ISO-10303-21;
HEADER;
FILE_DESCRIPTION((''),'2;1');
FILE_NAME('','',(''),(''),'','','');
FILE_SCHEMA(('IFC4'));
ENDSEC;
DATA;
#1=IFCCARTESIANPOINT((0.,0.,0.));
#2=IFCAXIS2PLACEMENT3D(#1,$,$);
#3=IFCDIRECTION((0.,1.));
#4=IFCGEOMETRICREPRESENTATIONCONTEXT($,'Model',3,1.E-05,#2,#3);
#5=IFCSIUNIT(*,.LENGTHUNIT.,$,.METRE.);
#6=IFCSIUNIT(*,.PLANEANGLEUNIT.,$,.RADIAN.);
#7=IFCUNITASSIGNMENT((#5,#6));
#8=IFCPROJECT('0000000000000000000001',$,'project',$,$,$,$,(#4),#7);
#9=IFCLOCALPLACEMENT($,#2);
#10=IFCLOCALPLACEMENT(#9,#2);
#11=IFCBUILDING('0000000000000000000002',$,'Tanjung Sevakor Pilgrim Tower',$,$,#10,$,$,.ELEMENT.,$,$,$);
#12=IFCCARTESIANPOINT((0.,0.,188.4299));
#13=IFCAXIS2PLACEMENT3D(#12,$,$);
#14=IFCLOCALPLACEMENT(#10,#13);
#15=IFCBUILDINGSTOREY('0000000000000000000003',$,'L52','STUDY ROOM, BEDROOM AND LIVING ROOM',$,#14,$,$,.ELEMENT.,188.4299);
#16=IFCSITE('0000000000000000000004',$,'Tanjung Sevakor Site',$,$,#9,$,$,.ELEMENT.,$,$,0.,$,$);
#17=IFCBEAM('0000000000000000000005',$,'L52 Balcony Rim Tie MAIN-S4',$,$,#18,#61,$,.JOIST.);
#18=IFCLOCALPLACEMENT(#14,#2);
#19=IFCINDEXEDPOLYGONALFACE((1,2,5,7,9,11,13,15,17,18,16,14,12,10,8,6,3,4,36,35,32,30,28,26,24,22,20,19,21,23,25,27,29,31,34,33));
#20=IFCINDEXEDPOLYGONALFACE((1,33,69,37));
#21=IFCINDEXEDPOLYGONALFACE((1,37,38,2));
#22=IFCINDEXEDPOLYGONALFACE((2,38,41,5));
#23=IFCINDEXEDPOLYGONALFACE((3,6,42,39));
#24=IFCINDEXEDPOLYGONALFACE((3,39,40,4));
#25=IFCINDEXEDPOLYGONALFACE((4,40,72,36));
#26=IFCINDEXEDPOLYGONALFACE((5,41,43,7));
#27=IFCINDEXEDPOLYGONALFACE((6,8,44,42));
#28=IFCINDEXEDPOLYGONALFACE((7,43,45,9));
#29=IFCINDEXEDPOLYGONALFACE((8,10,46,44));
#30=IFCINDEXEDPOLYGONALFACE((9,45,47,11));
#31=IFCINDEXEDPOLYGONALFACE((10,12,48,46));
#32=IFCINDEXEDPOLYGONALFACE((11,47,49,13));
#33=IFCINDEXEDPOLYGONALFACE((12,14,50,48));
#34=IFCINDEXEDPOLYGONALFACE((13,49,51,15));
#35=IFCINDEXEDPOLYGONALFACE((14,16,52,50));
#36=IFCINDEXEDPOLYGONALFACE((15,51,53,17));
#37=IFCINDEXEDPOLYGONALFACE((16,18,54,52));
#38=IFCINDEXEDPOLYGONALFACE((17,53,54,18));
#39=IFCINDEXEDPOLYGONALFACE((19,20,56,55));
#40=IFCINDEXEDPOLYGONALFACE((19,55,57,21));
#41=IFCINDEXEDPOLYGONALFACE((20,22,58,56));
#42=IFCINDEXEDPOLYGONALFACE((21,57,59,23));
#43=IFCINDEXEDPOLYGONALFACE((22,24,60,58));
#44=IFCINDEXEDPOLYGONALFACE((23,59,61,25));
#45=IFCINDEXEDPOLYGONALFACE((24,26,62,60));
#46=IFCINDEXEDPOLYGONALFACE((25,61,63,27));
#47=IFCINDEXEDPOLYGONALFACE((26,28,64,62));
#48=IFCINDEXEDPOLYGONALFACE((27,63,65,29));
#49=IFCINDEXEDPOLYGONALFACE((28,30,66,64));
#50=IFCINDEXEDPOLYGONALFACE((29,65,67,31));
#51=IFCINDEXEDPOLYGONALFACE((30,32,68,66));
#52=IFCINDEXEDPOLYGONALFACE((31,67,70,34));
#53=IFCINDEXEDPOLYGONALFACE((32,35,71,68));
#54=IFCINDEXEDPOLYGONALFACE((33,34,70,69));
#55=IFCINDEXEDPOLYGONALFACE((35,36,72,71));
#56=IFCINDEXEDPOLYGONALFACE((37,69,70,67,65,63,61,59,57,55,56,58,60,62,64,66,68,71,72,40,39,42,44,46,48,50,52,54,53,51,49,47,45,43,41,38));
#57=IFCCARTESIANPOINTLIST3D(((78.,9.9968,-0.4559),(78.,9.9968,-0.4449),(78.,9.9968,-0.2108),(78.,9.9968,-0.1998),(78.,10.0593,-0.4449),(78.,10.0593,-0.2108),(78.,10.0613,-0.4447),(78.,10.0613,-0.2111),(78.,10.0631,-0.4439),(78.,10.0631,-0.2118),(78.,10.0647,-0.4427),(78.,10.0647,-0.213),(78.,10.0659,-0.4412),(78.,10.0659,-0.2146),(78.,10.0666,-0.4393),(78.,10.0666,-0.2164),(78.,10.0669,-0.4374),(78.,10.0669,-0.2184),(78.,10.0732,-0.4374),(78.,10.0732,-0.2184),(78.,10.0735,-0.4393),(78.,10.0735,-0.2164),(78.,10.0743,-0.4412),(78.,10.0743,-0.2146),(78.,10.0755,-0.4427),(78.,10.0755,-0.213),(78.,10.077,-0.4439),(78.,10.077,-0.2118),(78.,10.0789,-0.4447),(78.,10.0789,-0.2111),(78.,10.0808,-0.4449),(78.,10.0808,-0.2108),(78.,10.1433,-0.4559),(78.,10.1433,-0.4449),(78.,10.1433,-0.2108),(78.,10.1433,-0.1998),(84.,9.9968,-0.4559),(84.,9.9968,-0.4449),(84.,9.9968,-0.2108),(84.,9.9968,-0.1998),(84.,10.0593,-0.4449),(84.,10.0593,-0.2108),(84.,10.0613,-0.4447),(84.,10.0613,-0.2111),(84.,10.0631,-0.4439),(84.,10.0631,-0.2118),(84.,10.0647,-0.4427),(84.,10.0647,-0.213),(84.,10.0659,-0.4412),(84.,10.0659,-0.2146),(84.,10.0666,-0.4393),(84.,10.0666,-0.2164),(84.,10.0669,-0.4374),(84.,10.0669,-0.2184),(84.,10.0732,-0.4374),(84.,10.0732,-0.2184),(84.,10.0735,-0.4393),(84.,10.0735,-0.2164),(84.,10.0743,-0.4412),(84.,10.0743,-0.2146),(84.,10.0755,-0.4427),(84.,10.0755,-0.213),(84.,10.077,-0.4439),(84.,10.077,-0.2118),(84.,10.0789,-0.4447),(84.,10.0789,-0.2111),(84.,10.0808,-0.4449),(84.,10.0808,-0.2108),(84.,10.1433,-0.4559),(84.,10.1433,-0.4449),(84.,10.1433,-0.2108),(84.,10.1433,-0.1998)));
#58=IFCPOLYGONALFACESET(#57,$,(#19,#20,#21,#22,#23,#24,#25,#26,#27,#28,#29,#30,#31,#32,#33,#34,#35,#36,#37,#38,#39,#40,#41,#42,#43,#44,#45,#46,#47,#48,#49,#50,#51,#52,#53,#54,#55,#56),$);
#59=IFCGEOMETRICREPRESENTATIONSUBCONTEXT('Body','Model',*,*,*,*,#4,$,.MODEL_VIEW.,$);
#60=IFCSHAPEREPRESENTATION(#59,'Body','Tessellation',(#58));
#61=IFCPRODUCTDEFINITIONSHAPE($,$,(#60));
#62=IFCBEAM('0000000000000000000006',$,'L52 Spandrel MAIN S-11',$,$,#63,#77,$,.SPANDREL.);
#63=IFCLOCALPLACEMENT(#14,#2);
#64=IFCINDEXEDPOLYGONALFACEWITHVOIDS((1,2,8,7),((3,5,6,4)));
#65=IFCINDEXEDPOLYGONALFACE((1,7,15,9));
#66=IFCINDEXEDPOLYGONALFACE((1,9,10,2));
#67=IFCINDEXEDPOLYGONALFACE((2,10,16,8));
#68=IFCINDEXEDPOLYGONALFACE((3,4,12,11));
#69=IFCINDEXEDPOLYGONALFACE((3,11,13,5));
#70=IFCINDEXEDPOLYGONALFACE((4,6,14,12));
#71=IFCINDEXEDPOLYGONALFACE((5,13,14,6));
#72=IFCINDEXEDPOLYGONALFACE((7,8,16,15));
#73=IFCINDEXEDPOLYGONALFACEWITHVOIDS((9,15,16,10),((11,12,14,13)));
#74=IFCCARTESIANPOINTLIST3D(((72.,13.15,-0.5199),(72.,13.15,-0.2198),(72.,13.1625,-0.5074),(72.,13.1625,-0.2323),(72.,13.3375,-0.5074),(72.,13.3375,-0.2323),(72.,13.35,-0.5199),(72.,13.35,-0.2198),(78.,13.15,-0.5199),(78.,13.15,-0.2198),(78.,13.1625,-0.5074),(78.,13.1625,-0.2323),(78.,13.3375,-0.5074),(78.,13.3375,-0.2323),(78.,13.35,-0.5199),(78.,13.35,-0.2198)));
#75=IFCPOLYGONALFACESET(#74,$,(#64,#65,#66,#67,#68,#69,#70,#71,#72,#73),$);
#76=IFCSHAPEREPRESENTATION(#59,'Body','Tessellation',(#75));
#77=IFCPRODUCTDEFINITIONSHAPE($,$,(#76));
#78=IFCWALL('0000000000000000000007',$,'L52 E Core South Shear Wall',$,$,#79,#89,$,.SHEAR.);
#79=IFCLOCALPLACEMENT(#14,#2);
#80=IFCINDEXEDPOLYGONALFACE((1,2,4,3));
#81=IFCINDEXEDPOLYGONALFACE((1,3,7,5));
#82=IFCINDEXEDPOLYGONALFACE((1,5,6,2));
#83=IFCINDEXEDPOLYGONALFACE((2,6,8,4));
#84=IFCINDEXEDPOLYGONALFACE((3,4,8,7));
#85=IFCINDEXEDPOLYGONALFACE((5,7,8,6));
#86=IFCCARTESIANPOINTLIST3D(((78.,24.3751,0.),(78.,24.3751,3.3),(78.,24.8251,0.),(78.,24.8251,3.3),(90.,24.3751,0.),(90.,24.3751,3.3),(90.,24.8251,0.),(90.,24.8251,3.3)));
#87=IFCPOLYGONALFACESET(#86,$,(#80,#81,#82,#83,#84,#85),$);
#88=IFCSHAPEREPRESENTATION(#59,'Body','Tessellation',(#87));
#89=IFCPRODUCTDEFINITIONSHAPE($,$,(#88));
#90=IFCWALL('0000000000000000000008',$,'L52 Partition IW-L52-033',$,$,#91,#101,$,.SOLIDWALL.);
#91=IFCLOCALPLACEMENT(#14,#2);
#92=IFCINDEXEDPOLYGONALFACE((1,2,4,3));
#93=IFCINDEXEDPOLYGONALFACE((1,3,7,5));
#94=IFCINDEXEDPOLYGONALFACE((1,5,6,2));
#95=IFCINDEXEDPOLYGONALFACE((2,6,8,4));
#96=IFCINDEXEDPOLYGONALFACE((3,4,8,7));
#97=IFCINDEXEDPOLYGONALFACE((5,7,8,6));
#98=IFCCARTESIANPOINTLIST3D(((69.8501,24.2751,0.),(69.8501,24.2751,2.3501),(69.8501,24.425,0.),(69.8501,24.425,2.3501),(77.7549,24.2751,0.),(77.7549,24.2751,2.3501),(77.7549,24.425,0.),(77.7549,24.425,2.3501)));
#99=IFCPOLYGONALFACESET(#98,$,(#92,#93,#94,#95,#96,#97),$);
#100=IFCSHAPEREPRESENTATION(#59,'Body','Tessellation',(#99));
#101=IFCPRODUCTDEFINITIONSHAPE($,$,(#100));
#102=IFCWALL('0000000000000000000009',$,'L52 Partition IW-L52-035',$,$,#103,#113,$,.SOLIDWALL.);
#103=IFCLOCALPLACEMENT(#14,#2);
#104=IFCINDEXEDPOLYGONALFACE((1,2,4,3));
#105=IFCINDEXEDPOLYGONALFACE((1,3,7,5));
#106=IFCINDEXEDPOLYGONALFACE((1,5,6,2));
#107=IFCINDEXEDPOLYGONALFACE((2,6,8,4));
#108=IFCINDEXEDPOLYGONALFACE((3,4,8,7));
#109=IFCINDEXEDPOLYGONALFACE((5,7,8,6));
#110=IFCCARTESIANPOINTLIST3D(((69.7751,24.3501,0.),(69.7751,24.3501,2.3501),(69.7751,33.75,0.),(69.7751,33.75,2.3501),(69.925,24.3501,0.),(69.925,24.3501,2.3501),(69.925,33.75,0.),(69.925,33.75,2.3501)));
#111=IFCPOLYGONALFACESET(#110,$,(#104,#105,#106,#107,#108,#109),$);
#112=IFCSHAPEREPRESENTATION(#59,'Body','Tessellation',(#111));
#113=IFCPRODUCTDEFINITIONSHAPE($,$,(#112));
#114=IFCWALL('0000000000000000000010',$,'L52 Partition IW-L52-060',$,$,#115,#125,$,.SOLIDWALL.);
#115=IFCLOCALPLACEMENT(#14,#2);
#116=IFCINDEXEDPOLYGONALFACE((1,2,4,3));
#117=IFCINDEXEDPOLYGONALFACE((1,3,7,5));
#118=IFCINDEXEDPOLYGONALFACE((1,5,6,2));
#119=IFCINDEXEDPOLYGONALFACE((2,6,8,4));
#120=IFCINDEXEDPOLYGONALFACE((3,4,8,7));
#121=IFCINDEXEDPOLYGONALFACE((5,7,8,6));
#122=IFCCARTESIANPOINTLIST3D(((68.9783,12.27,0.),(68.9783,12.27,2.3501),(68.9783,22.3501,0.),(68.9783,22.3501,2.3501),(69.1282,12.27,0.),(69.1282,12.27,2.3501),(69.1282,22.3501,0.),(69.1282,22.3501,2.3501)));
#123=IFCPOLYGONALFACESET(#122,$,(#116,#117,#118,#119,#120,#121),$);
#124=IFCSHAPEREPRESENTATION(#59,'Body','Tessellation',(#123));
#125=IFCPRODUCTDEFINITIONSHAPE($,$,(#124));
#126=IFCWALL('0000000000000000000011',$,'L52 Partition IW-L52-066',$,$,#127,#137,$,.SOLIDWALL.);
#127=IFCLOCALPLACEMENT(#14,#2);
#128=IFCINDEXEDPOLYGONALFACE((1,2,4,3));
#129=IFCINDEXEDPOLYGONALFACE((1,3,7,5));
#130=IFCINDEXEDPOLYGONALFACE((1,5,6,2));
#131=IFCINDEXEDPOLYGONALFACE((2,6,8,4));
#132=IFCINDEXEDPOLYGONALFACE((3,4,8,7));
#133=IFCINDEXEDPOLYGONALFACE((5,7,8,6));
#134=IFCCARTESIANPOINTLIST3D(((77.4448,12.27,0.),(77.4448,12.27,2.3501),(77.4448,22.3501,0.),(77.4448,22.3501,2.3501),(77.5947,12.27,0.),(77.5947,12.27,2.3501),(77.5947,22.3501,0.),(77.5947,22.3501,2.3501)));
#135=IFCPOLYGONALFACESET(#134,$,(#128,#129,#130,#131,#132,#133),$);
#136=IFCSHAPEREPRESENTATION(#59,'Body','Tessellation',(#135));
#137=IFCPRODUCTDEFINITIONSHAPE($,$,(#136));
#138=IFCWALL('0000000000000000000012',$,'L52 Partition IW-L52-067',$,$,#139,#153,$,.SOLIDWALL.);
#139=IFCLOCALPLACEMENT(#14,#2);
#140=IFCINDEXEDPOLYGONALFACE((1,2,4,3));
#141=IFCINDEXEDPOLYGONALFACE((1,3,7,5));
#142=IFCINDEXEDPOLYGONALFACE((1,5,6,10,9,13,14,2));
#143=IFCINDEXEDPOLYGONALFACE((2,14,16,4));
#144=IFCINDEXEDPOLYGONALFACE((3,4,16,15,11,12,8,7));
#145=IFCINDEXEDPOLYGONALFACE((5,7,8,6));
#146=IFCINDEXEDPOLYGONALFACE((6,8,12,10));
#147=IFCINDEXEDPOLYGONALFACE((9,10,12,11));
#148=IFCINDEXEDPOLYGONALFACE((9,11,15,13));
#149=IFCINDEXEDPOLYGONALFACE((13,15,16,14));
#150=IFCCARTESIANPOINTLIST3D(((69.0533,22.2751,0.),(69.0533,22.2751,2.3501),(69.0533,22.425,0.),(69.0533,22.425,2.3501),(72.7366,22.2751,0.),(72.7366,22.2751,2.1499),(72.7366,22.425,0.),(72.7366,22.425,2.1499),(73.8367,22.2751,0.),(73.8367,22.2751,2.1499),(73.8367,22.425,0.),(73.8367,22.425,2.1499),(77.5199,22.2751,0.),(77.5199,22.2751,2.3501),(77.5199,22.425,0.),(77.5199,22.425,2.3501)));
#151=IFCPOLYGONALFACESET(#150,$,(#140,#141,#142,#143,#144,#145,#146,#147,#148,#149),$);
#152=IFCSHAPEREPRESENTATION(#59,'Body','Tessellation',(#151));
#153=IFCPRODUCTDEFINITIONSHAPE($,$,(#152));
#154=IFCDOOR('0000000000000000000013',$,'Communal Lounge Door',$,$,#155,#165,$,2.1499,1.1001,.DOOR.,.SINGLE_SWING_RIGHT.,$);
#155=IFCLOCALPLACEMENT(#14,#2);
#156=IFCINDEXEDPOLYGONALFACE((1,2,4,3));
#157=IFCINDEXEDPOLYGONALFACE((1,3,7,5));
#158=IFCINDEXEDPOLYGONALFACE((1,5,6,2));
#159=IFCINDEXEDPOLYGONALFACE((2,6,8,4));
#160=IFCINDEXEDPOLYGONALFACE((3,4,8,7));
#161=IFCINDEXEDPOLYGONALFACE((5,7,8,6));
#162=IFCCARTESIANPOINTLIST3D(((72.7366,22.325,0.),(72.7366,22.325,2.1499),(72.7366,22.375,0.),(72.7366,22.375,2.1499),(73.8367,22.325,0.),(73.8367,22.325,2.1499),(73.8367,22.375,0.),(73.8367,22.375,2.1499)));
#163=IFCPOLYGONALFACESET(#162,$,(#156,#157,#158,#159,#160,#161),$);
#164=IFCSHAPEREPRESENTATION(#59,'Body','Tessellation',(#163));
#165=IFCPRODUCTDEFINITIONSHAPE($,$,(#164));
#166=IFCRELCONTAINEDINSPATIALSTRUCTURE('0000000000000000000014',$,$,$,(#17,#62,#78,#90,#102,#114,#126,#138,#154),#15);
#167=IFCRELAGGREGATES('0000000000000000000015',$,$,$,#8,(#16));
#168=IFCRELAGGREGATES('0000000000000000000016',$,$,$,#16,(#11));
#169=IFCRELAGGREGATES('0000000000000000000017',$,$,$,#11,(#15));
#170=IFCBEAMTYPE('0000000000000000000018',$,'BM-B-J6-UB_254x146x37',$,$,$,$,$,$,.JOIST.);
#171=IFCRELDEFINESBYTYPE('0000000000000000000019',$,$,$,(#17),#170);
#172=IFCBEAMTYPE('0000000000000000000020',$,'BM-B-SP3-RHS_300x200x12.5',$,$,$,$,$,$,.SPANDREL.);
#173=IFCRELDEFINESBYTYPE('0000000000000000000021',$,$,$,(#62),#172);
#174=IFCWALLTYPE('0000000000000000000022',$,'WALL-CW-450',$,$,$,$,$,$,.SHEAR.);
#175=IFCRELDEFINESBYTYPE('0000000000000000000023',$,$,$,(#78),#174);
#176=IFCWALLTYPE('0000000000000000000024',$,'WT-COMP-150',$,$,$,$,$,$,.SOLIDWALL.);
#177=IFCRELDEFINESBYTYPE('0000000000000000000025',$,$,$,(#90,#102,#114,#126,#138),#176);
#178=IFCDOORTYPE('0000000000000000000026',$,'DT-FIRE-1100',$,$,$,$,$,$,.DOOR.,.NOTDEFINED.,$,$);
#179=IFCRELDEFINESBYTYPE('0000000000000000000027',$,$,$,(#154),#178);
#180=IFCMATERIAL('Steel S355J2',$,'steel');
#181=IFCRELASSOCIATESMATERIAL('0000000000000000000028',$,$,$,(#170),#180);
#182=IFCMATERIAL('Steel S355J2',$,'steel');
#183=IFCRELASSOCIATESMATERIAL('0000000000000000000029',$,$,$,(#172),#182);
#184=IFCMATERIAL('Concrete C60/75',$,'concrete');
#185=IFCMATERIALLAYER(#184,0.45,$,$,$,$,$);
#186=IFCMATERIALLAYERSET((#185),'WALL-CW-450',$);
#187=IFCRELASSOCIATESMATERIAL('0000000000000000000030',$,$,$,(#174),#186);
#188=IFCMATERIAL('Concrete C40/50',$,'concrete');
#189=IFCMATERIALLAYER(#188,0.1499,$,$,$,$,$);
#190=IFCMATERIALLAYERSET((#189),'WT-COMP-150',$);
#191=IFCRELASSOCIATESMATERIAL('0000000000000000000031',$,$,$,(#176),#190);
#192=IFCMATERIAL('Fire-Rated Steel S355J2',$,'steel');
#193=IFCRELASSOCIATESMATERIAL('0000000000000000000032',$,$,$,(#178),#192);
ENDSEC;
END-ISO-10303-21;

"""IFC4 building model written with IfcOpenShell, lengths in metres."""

from ifc_helpers import new_model, si_unit, direction, frame, frame_2d, origin, origin_2d, place, context, subcontext, project, spatial, rectangle, hollow_rectangle, i_section, extrude, material, layer, layer_set, material_profile, profile_set, type_object, element, fill, save


model = new_model("IFC4")

# Units and contexts
model_context = context("Model", 3, precision=1e-05, world=origin(), true_north=direction((0.0, 1.0)))
body_context = subcontext(model_context, "Body", "Model", "MODEL_VIEW")
ifc_project = project(units=[si_unit("LENGTHUNIT", "METRE"), si_unit("PLANEANGLEUNIT", "RADIAN")], contexts=[model_context])

# Site, building, storey
site_placement = place(None, origin())
site = spatial("IfcSite", under=ifc_project, at=site_placement, Name="Tanjung Sevakor Site", CompositionType="ELEMENT", RefElevation=0.0)
building_placement = place(site_placement, origin())
building = spatial("IfcBuilding", under=site, at=building_placement, Name="Tanjung Sevakor Pilgrim Tower", CompositionType="ELEMENT")
storey_placement = place(building_placement, frame((0.0, 0.0, 188.4299)))
storey = spatial("IfcBuildingStorey", under=building, at=storey_placement, Name="L52", Description="STUDY ROOM, BEDROOM AND LIVING ROOM", CompositionType="ELEMENT", Elevation=188.4299)

# Beams
ifc_material_1 = material(Name="Steel S355J2", Category="steel")
ifc_material_profile_1 = material_profile(ifc_material_1, i_section(OverallWidth=0.1465, OverallDepth=0.2561, WebThickness=0.0063, FlangeThickness=0.011, FilletRadius=0.0076, at=origin_2d()))
ifc_profile_set_1 = profile_set([ifc_material_profile_1], Name="Steel S355J2")
beam_type_1 = type_object("IfcBeamType", Name="BM-B-J6-UB_254x146x37", PredefinedType="JOIST", material=ifc_profile_set_1)
beam_1_placement = place(storey_placement, frame((78.0, 10.0701, -0.3279), z_axis=(1.0, 0.0, 0.0), x_axis=(0.0, 1.0, 0.0)))
element("IfcBeam", 1, at=beam_1_placement, inside=storey, type_object=beam_type_1, Name="L52 Balcony Rim Tie MAIN-S4", PredefinedType="JOIST", context=body_context, shape_type="SweptSolid", body=[
    extrude(i_section(OverallWidth=0.1465, OverallDepth=0.2561, WebThickness=0.0063, FlangeThickness=0.011, FilletRadius=0.0076, at=origin_2d()), origin(), (0.0, 0.0, 1.0), 6.0),
])
ifc_material_2 = material(Name="Steel S355J2", Category="steel")
ifc_material_profile_2 = material_profile(ifc_material_2, hollow_rectangle(XDim=0.2, YDim=0.3, WallThickness=0.0125, at=origin_2d()))
ifc_profile_set_2 = profile_set([ifc_material_profile_2], Name="Steel S355J2")
beam_type_2 = type_object("IfcBeamType", Name="BM-B-SP3-RHS_300x200x12.5", PredefinedType="SPANDREL", material=ifc_profile_set_2)
beam_2_placement = place(storey_placement, frame((72.0, 13.25, -0.3699), z_axis=(1.0, 0.0, 0.0), x_axis=(0.0, 1.0, 0.0)))
element("IfcBeam", 2, at=beam_2_placement, inside=storey, type_object=beam_type_2, Name="L52 Spandrel MAIN S-11", PredefinedType="SPANDREL", context=body_context, shape_type="SweptSolid", body=[
    extrude(hollow_rectangle(XDim=0.2, YDim=0.3, WallThickness=0.0125, at=origin_2d()), origin(), (0.0, 0.0, 1.0), 6.0),
])

# Walls
ifc_material_3 = material(Name="Concrete C60/75", Category="concrete")
ifc_layer_1 = layer(ifc_material_3, 0.45)
ifc_layer_set_1 = layer_set([ifc_layer_1], Name="WALL-CW-450")
wall_type_1 = type_object("IfcWallType", Name="WALL-CW-450", PredefinedType="SHEAR", material=ifc_layer_set_1)
wall_1_placement = place(storey_placement, frame((78.0, 24.6001, 0.0), z_axis=(0.0, 0.0, 1.0), x_axis=(1.0, 0.0, 0.0)))
element("IfcWall", 3, at=wall_1_placement, inside=storey, type_object=wall_type_1, Name="L52 E Core South Shear Wall", PredefinedType="SHEAR", context=body_context, shape_type="SweptSolid", body=[
    extrude(rectangle(XDim=12.0, YDim=0.45, at=frame_2d((6.0, 0.0))), origin(), (0.0, 0.0, 1.0), 3.3),
])
ifc_material_4 = material(Name="Concrete C40/50", Category="concrete")
ifc_layer_2 = layer(ifc_material_4, 0.1499)
ifc_layer_set_2 = layer_set([ifc_layer_2], Name="WT-COMP-150")
wall_type_2 = type_object("IfcWallType", Name="WT-COMP-150", PredefinedType="SOLIDWALL", material=ifc_layer_set_2)
wall_2_placement = place(storey_placement, frame((69.8501, 24.3501, 0.0), z_axis=(0.0, 0.0, 1.0), x_axis=(1.0, 0.0, 0.0)))
element("IfcWall", 4, at=wall_2_placement, inside=storey, type_object=wall_type_2, Name="L52 Partition IW-L52-033", PredefinedType="SOLIDWALL", context=body_context, shape_type="SweptSolid", body=[
    extrude(rectangle(XDim=7.9048, YDim=0.1499, at=frame_2d((3.9524, 0.0))), origin(), (0.0, 0.0, 1.0), 2.3501),
])
wall_3_placement = place(storey_placement, frame((69.8501, 24.3501, 0.0), z_axis=(0.0, 0.0, 1.0), x_axis=(0.0, 1.0, 0.0)))
element("IfcWall", 5, at=wall_3_placement, inside=storey, type_object=wall_type_2, Name="L52 Partition IW-L52-035", PredefinedType="SOLIDWALL", context=body_context, shape_type="SweptSolid", body=[
    extrude(rectangle(XDim=9.3999, YDim=0.1499, at=frame_2d((4.7, 0.0))), origin(), (0.0, 0.0, 1.0), 2.3501),
])
for number, where, z_axis, x_axis, name in (
    (6, (69.0532, 12.27, 0.0), (0.0, 0.0, 1.0), (0.0, 1.0, 0.0), "L52 Partition IW-L52-060"),
    (7, (77.5198, 12.27, 0.0), (0.0, 0.0, 1.0), (0.0, 1.0, 0.0), "L52 Partition IW-L52-066"),
):
    element("IfcWall", number, at=place(storey_placement, frame(where, z_axis=z_axis, x_axis=x_axis)), inside=storey, type_object=wall_type_2, Name=name, PredefinedType="SOLIDWALL", context=body_context, shape_type="SweptSolid", body=[
        extrude(rectangle(XDim=10.0801, YDim=0.1499, at=frame_2d((5.04, 0.0))), origin(), (0.0, 0.0, 1.0), 2.3501),
    ])

# Wall, opening, door
wall_4_placement = place(storey_placement, frame((69.0532, 22.3501, 0.0), z_axis=(0.0, 0.0, 1.0), x_axis=(1.0, 0.0, 0.0)))
wall_4 = element("IfcWall", 8, at=wall_4_placement, inside=storey, type_object=wall_type_2, Name="L52 Partition IW-L52-067", PredefinedType="SOLIDWALL", context=body_context, shape_type="SweptSolid", body=[
    extrude(rectangle(XDim=8.4666, YDim=0.1499, at=frame_2d((4.2334, 0.0))), origin(), (0.0, 0.0, 1.0), 2.3501),
])
opening_1_placement = place(wall_4_placement, frame((3.6833, 0.0, 0.0)))
opening_1 = element("IfcOpeningElement", 9, at=opening_1_placement, cuts=wall_4, PredefinedType="OPENING", context=body_context, shape_type="SweptSolid", body=[
    extrude(rectangle(XDim=1.1001, YDim=2.1499, at=frame_2d((0.55, 1.075))), frame((0.0, 0.085, 0.0), z_axis=(0.0, -1.0, 0.0), x_axis=(1.0, 0.0, 0.0)), (0.0, 0.0, 1.0), 0.1699),
])
ifc_material_5 = material(Name="Fire-Rated Steel S355J2", Category="steel")
door_type_1 = type_object("IfcDoorType", Name="DT-FIRE-1100", OperationType="NOTDEFINED", PredefinedType="DOOR", material=ifc_material_5)
door_1_placement = place(opening_1_placement, origin())
door_1 = element("IfcDoor", 10, at=door_1_placement, inside=storey, type_object=door_type_1, Name="Communal Lounge Door", OperationType="SINGLE_SWING_RIGHT", OverallHeight=2.1499, OverallWidth=1.1001, PredefinedType="DOOR", context=body_context, shape_type="SweptSolid", body=[
    extrude(rectangle(XDim=1.1001, YDim=2.1499, at=frame_2d((0.55, 1.075))), frame((0.0, 0.0249, 0.0), z_axis=(0.0, -1.0, 0.0), x_axis=(1.0, 0.0, 0.0)), (0.0, 0.0, 1.0), 0.05),
])
fill(opening_1, door_1)

save(model, "model.ifc")
